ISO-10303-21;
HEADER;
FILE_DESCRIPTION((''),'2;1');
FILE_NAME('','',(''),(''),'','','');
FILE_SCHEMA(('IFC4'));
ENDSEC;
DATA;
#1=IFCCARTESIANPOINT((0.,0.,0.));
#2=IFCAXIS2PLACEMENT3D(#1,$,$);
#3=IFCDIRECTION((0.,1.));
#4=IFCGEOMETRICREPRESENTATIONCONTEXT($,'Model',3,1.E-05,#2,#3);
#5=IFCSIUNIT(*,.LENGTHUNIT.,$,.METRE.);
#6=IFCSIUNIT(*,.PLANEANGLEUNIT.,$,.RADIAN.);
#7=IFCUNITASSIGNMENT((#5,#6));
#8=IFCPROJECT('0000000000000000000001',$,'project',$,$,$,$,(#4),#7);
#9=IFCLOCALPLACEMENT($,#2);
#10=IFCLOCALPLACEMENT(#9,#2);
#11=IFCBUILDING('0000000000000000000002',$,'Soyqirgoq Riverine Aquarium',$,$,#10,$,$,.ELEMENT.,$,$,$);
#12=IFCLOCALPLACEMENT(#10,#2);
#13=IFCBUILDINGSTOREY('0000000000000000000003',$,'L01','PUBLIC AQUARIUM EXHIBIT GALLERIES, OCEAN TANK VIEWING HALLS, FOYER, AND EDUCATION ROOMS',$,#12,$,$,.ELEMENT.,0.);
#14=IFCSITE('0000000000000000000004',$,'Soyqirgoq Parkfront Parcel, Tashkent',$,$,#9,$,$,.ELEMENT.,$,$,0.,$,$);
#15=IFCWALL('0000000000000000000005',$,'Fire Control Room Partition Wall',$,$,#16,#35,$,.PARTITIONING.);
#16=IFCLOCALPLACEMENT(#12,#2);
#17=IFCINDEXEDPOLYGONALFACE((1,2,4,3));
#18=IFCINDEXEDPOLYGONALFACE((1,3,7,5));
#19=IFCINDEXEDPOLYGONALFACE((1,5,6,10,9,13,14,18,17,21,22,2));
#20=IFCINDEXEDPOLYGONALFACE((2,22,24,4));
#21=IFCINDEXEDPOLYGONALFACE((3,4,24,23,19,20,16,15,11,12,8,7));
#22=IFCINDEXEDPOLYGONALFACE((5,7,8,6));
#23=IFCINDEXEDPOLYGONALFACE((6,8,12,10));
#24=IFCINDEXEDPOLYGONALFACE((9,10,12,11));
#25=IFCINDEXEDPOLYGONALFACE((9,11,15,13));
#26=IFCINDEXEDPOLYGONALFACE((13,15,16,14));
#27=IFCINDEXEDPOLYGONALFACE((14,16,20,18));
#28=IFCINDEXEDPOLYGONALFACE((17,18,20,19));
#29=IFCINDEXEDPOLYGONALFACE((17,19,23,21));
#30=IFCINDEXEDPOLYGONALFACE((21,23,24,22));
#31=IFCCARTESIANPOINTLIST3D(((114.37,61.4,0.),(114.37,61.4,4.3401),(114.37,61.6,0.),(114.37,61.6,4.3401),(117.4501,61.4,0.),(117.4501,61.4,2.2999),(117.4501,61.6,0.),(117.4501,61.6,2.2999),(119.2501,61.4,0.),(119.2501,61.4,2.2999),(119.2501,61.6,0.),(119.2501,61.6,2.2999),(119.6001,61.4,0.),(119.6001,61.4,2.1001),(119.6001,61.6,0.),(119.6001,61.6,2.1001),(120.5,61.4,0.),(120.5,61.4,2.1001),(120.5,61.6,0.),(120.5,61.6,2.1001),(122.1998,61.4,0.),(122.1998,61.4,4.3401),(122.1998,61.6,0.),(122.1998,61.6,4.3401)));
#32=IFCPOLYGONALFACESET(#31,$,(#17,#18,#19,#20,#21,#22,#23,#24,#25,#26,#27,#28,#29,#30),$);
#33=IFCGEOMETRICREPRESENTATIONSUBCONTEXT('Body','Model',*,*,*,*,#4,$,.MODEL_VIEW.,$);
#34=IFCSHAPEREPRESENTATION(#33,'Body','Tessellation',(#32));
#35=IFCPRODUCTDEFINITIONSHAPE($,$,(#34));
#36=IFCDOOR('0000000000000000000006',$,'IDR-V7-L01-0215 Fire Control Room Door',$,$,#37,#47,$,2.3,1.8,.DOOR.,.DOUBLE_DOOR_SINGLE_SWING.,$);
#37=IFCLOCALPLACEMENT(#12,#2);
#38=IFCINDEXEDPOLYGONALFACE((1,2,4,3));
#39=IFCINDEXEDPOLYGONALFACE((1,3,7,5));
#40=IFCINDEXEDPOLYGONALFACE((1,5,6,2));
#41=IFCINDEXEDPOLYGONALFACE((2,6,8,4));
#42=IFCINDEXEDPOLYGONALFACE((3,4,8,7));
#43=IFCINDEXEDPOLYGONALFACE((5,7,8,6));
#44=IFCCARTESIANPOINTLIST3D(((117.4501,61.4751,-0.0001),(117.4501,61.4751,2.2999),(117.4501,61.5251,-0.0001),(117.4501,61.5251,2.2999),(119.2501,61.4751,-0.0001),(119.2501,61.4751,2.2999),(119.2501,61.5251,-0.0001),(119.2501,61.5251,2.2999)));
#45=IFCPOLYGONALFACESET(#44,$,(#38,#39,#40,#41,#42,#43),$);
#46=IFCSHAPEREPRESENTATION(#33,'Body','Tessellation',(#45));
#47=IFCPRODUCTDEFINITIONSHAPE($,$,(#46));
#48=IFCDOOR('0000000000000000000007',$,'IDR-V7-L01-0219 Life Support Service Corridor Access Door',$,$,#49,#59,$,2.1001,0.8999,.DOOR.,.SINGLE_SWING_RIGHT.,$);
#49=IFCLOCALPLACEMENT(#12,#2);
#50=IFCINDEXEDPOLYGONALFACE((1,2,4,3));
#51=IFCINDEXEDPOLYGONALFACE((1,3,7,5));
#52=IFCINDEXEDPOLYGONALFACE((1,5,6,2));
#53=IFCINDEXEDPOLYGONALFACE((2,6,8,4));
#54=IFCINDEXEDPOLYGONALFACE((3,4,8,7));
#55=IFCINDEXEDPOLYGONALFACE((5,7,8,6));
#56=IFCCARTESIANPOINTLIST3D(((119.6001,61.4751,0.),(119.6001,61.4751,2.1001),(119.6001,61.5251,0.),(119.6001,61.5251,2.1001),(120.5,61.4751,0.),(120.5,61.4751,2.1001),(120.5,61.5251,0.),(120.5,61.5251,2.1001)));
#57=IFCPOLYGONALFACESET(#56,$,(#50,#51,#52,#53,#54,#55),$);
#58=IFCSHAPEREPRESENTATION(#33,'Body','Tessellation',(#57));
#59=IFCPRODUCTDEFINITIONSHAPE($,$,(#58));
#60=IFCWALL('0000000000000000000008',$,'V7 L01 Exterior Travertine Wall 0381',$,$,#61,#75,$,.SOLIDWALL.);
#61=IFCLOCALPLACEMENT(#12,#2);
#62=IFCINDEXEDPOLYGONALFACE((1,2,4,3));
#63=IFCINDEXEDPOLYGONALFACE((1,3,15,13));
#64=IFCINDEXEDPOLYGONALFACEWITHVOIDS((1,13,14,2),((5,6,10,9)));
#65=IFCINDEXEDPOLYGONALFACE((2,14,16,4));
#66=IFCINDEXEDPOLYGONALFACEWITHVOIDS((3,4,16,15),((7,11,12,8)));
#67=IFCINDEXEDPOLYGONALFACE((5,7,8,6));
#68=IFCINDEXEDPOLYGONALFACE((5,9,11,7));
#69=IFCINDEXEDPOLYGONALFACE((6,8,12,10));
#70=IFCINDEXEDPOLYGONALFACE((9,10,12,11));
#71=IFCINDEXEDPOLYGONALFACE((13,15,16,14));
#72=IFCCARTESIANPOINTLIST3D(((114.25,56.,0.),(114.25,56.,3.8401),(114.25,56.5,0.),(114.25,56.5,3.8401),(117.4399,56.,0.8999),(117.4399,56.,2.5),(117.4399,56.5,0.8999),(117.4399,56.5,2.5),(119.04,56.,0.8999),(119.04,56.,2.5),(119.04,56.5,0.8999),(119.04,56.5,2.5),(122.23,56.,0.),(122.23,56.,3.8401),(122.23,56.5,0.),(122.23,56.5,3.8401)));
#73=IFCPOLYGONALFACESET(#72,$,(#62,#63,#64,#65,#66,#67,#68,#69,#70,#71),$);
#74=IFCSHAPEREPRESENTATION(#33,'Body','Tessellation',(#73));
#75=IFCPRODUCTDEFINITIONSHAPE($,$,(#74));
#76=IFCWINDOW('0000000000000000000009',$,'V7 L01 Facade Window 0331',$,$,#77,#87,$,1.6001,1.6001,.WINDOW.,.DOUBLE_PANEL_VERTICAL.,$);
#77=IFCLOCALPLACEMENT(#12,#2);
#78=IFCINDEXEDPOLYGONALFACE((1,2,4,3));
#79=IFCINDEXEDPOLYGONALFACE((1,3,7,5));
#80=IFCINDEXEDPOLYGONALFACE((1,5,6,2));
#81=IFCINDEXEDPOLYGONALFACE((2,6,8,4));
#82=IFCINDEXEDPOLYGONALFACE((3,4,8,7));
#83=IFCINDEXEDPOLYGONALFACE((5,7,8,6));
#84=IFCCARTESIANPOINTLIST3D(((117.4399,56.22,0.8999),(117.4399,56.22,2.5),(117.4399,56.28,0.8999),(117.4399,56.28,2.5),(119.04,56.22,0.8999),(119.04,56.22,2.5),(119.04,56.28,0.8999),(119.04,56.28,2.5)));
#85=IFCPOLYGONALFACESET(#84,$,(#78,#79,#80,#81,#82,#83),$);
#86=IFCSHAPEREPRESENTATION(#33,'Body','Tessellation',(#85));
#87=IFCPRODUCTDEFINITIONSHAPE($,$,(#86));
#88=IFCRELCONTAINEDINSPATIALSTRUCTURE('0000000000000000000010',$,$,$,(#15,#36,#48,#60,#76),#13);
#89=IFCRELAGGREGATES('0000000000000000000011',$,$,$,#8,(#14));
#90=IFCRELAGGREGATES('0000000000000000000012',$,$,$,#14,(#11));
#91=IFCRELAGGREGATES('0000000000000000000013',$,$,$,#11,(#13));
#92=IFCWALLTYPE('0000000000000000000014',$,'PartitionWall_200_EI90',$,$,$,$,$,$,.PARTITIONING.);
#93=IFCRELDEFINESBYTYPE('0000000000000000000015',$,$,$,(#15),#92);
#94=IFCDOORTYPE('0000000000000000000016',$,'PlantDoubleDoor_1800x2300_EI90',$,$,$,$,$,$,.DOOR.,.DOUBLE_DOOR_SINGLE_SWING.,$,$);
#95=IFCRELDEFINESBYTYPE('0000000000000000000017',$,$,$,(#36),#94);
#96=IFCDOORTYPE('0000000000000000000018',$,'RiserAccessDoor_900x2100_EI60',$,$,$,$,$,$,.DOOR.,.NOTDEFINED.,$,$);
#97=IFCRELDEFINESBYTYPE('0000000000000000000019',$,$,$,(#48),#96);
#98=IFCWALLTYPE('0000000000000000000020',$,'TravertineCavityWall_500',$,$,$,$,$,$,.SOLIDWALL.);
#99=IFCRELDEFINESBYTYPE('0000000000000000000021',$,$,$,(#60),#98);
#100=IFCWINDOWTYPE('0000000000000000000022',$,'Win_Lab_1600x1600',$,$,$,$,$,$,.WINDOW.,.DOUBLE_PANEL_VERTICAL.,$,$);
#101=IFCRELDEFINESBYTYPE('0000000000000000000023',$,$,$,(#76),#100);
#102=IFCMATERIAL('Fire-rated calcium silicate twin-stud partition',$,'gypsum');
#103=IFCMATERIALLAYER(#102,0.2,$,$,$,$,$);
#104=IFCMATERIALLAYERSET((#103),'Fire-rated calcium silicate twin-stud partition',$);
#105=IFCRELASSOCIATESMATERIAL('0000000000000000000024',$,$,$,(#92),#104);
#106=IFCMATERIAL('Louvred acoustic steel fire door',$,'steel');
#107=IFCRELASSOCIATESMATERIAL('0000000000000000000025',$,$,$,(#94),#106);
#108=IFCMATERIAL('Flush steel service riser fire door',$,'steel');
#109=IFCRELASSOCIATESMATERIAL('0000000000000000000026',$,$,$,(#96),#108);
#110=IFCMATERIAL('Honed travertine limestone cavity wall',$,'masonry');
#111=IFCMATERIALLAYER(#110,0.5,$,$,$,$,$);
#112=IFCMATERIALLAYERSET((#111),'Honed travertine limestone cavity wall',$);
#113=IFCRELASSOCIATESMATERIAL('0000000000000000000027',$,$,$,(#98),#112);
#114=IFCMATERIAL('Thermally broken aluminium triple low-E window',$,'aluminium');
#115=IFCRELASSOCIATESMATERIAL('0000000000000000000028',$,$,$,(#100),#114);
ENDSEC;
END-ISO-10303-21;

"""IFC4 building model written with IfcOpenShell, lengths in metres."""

from ifc_helpers import new_model, si_unit, direction, frame, frame_2d, origin, place, context, subcontext, project, spatial, rectangle, extrude, material, layer, layer_set, type_object, element, fill, save


model = new_model("IFC4")

# Units and contexts
model_context = context("Model", 3, precision=1e-05, world=origin(), true_north=direction((0.0, 1.0)))
body_context = subcontext(model_context, "Body", "Model", "MODEL_VIEW")
ifc_project = project(units=[si_unit("LENGTHUNIT", "METRE"), si_unit("PLANEANGLEUNIT", "RADIAN")], contexts=[model_context])

# Site, building, storey
site_placement = place(None, origin())
site = spatial("IfcSite", under=ifc_project, at=site_placement, Name="Soyqirgoq Parkfront Parcel, Tashkent", CompositionType="ELEMENT", RefElevation=0.0)
building_placement = place(site_placement, origin())
building = spatial("IfcBuilding", under=site, at=building_placement, Name="Soyqirgoq Riverine Aquarium", CompositionType="ELEMENT")
storey_placement = place(building_placement, origin())
storey = spatial("IfcBuildingStorey", under=building, at=storey_placement, Name="L01", Description="PUBLIC AQUARIUM EXHIBIT GALLERIES, OCEAN TANK VIEWING HALLS, FOYER, AND EDUCATION ROOMS", CompositionType="ELEMENT", Elevation=0.0)

# Wall, openings, doors
ifc_material_1 = material(Name="Fire-rated calcium silicate twin-stud partition", Category="gypsum")
ifc_layer_1 = layer(ifc_material_1, 0.2)
ifc_layer_set_1 = layer_set([ifc_layer_1], Name="Fire-rated calcium silicate twin-stud partition")
wall_type_1 = type_object("IfcWallType", Name="PartitionWall_200_EI90", PredefinedType="PARTITIONING", material=ifc_layer_set_1)
wall_1_placement = place(storey_placement, frame((122.2, 61.5, 0.0), z_axis=(0.0, 0.0, 1.0), x_axis=(-1.0, 0.0, 0.0)))
wall_1 = element("IfcWall", 1, at=wall_1_placement, inside=storey, type_object=wall_type_1, Name="Fire Control Room Partition Wall", PredefinedType="PARTITIONING", context=body_context, shape_type="SweptSolid", body=[
    extrude(rectangle(XDim=7.8298, YDim=0.2, at=frame_2d((3.915, 0.0))), origin(), (0.0, 0.0, 1.0), 4.3401),
])
opening_1_placement = place(wall_1_placement, frame((2.95, 0.0, 0.0)))
opening_1 = element("IfcOpeningElement", 2, at=opening_1_placement, cuts=wall_1, PredefinedType="OPENING", context=body_context, shape_type="SweptSolid", body=[
    extrude(rectangle(XDim=1.8, YDim=2.3, at=frame_2d((0.8999, 1.1499))), frame((0.0, 0.1099, 0.0), z_axis=(0.0, -1.0, 0.0), x_axis=(1.0, 0.0, 0.0)), (0.0, 0.0, 1.0), 0.22),
])
opening_2_placement = place(wall_1_placement, frame((1.7, 0.0, 0.0)))
opening_2 = element("IfcOpeningElement", 3, at=opening_2_placement, cuts=wall_1, PredefinedType="OPENING", context=body_context, shape_type="SweptSolid", body=[
    extrude(rectangle(XDim=0.8999, YDim=2.1001, at=frame_2d((0.45, 1.05))), frame((0.0, 0.1099, 0.0), z_axis=(0.0, -1.0, 0.0), x_axis=(1.0, 0.0, 0.0)), (0.0, 0.0, 1.0), 0.22),
])
ifc_material_2 = material(Name="Louvred acoustic steel fire door", Category="steel")
door_type_1 = type_object("IfcDoorType", Name="PlantDoubleDoor_1800x2300_EI90", OperationType="DOUBLE_DOOR_SINGLE_SWING", PredefinedType="DOOR", material=ifc_material_2)
door_1_placement = place(opening_1_placement, origin())
door_1 = element("IfcDoor", 4, at=door_1_placement, inside=storey, type_object=door_type_1, Name="IDR-V7-L01-0215 Fire Control Room Door", OperationType="DOUBLE_DOOR_SINGLE_SWING", OverallHeight=2.3, OverallWidth=1.8, PredefinedType="DOOR", context=body_context, shape_type="SweptSolid", body=[
    extrude(rectangle(XDim=1.8, YDim=2.3, at=frame_2d((0.8999, 1.1499))), frame((0.0, 0.0249, 0.0), z_axis=(0.0, -1.0, 0.0), x_axis=(1.0, 0.0, 0.0)), (0.0, 0.0, 1.0), 0.05),
])
fill(opening_1, door_1)
ifc_material_3 = material(Name="Flush steel service riser fire door", Category="steel")
door_type_2 = type_object("IfcDoorType", Name="RiserAccessDoor_900x2100_EI60", OperationType="NOTDEFINED", PredefinedType="DOOR", material=ifc_material_3)
door_2_placement = place(opening_2_placement, origin())
door_2 = element("IfcDoor", 5, at=door_2_placement, inside=storey, type_object=door_type_2, Name="IDR-V7-L01-0219 Life Support Service Corridor Access Door", OperationType="SINGLE_SWING_RIGHT", OverallHeight=2.1001, OverallWidth=0.8999, PredefinedType="DOOR", context=body_context, shape_type="SweptSolid", body=[
    extrude(rectangle(XDim=0.8999, YDim=2.1001, at=frame_2d((0.45, 1.05))), frame((0.0, 0.0249, 0.0), z_axis=(0.0, -1.0, 0.0), x_axis=(1.0, 0.0, 0.0)), (0.0, 0.0, 1.0), 0.05),
])
fill(opening_2, door_2)

# Wall, opening, window
ifc_material_4 = material(Name="Honed travertine limestone cavity wall", Category="masonry")
ifc_layer_2 = layer(ifc_material_4, 0.5)
ifc_layer_set_2 = layer_set([ifc_layer_2], Name="Honed travertine limestone cavity wall")
wall_type_2 = type_object("IfcWallType", Name="TravertineCavityWall_500", PredefinedType="SOLIDWALL", material=ifc_layer_set_2)
wall_2_placement = place(storey_placement, frame((122.23, 56.25, 0.0), z_axis=(0.0, 0.0, 1.0), x_axis=(-1.0, 0.0, 0.0)))
wall_2 = element("IfcWall", 6, at=wall_2_placement, inside=storey, type_object=wall_type_2, Name="V7 L01 Exterior Travertine Wall 0381", PredefinedType="SOLIDWALL", context=body_context, shape_type="SweptSolid", body=[
    extrude(rectangle(XDim=7.98, YDim=0.5, at=frame_2d((3.99, 0.0))), origin(), (0.0, 0.0, 1.0), 3.8401),
])
opening_3_placement = place(wall_2_placement, frame((3.1899, 0.0, 0.8999)))
opening_3 = element("IfcOpeningElement", 7, at=opening_3_placement, cuts=wall_2, PredefinedType="OPENING", context=body_context, shape_type="SweptSolid", body=[
    extrude(rectangle(XDim=1.6001, YDim=1.6001, at=frame_2d((0.8, 0.8))), frame((0.0, 0.26, 0.0), z_axis=(0.0, -1.0, 0.0), x_axis=(1.0, 0.0, 0.0)), (0.0, 0.0, 1.0), 0.52),
])
ifc_material_5 = material(Name="Thermally broken aluminium triple low-E window", Category="aluminium")
window_type = type_object("IfcWindowType", Name="Win_Lab_1600x1600", PartitioningType="DOUBLE_PANEL_VERTICAL", PredefinedType="WINDOW", material=ifc_material_5)
window_placement = place(opening_3_placement, origin())
window = element("IfcWindow", 8, at=window_placement, inside=storey, type_object=window_type, Name="V7 L01 Facade Window 0331", OverallHeight=1.6001, OverallWidth=1.6001, PartitioningType="DOUBLE_PANEL_VERTICAL", PredefinedType="WINDOW", context=body_context, shape_type="SweptSolid", body=[
    extrude(rectangle(XDim=1.6001, YDim=1.6001, at=frame_2d((0.8, 0.8))), frame((0.0, 0.03, 0.0), z_axis=(0.0, -1.0, 0.0), x_axis=(1.0, 0.0, 0.0)), (0.0, 0.0, 1.0), 0.0601),
])
fill(opening_3, window)

save(model, "model.ifc")
